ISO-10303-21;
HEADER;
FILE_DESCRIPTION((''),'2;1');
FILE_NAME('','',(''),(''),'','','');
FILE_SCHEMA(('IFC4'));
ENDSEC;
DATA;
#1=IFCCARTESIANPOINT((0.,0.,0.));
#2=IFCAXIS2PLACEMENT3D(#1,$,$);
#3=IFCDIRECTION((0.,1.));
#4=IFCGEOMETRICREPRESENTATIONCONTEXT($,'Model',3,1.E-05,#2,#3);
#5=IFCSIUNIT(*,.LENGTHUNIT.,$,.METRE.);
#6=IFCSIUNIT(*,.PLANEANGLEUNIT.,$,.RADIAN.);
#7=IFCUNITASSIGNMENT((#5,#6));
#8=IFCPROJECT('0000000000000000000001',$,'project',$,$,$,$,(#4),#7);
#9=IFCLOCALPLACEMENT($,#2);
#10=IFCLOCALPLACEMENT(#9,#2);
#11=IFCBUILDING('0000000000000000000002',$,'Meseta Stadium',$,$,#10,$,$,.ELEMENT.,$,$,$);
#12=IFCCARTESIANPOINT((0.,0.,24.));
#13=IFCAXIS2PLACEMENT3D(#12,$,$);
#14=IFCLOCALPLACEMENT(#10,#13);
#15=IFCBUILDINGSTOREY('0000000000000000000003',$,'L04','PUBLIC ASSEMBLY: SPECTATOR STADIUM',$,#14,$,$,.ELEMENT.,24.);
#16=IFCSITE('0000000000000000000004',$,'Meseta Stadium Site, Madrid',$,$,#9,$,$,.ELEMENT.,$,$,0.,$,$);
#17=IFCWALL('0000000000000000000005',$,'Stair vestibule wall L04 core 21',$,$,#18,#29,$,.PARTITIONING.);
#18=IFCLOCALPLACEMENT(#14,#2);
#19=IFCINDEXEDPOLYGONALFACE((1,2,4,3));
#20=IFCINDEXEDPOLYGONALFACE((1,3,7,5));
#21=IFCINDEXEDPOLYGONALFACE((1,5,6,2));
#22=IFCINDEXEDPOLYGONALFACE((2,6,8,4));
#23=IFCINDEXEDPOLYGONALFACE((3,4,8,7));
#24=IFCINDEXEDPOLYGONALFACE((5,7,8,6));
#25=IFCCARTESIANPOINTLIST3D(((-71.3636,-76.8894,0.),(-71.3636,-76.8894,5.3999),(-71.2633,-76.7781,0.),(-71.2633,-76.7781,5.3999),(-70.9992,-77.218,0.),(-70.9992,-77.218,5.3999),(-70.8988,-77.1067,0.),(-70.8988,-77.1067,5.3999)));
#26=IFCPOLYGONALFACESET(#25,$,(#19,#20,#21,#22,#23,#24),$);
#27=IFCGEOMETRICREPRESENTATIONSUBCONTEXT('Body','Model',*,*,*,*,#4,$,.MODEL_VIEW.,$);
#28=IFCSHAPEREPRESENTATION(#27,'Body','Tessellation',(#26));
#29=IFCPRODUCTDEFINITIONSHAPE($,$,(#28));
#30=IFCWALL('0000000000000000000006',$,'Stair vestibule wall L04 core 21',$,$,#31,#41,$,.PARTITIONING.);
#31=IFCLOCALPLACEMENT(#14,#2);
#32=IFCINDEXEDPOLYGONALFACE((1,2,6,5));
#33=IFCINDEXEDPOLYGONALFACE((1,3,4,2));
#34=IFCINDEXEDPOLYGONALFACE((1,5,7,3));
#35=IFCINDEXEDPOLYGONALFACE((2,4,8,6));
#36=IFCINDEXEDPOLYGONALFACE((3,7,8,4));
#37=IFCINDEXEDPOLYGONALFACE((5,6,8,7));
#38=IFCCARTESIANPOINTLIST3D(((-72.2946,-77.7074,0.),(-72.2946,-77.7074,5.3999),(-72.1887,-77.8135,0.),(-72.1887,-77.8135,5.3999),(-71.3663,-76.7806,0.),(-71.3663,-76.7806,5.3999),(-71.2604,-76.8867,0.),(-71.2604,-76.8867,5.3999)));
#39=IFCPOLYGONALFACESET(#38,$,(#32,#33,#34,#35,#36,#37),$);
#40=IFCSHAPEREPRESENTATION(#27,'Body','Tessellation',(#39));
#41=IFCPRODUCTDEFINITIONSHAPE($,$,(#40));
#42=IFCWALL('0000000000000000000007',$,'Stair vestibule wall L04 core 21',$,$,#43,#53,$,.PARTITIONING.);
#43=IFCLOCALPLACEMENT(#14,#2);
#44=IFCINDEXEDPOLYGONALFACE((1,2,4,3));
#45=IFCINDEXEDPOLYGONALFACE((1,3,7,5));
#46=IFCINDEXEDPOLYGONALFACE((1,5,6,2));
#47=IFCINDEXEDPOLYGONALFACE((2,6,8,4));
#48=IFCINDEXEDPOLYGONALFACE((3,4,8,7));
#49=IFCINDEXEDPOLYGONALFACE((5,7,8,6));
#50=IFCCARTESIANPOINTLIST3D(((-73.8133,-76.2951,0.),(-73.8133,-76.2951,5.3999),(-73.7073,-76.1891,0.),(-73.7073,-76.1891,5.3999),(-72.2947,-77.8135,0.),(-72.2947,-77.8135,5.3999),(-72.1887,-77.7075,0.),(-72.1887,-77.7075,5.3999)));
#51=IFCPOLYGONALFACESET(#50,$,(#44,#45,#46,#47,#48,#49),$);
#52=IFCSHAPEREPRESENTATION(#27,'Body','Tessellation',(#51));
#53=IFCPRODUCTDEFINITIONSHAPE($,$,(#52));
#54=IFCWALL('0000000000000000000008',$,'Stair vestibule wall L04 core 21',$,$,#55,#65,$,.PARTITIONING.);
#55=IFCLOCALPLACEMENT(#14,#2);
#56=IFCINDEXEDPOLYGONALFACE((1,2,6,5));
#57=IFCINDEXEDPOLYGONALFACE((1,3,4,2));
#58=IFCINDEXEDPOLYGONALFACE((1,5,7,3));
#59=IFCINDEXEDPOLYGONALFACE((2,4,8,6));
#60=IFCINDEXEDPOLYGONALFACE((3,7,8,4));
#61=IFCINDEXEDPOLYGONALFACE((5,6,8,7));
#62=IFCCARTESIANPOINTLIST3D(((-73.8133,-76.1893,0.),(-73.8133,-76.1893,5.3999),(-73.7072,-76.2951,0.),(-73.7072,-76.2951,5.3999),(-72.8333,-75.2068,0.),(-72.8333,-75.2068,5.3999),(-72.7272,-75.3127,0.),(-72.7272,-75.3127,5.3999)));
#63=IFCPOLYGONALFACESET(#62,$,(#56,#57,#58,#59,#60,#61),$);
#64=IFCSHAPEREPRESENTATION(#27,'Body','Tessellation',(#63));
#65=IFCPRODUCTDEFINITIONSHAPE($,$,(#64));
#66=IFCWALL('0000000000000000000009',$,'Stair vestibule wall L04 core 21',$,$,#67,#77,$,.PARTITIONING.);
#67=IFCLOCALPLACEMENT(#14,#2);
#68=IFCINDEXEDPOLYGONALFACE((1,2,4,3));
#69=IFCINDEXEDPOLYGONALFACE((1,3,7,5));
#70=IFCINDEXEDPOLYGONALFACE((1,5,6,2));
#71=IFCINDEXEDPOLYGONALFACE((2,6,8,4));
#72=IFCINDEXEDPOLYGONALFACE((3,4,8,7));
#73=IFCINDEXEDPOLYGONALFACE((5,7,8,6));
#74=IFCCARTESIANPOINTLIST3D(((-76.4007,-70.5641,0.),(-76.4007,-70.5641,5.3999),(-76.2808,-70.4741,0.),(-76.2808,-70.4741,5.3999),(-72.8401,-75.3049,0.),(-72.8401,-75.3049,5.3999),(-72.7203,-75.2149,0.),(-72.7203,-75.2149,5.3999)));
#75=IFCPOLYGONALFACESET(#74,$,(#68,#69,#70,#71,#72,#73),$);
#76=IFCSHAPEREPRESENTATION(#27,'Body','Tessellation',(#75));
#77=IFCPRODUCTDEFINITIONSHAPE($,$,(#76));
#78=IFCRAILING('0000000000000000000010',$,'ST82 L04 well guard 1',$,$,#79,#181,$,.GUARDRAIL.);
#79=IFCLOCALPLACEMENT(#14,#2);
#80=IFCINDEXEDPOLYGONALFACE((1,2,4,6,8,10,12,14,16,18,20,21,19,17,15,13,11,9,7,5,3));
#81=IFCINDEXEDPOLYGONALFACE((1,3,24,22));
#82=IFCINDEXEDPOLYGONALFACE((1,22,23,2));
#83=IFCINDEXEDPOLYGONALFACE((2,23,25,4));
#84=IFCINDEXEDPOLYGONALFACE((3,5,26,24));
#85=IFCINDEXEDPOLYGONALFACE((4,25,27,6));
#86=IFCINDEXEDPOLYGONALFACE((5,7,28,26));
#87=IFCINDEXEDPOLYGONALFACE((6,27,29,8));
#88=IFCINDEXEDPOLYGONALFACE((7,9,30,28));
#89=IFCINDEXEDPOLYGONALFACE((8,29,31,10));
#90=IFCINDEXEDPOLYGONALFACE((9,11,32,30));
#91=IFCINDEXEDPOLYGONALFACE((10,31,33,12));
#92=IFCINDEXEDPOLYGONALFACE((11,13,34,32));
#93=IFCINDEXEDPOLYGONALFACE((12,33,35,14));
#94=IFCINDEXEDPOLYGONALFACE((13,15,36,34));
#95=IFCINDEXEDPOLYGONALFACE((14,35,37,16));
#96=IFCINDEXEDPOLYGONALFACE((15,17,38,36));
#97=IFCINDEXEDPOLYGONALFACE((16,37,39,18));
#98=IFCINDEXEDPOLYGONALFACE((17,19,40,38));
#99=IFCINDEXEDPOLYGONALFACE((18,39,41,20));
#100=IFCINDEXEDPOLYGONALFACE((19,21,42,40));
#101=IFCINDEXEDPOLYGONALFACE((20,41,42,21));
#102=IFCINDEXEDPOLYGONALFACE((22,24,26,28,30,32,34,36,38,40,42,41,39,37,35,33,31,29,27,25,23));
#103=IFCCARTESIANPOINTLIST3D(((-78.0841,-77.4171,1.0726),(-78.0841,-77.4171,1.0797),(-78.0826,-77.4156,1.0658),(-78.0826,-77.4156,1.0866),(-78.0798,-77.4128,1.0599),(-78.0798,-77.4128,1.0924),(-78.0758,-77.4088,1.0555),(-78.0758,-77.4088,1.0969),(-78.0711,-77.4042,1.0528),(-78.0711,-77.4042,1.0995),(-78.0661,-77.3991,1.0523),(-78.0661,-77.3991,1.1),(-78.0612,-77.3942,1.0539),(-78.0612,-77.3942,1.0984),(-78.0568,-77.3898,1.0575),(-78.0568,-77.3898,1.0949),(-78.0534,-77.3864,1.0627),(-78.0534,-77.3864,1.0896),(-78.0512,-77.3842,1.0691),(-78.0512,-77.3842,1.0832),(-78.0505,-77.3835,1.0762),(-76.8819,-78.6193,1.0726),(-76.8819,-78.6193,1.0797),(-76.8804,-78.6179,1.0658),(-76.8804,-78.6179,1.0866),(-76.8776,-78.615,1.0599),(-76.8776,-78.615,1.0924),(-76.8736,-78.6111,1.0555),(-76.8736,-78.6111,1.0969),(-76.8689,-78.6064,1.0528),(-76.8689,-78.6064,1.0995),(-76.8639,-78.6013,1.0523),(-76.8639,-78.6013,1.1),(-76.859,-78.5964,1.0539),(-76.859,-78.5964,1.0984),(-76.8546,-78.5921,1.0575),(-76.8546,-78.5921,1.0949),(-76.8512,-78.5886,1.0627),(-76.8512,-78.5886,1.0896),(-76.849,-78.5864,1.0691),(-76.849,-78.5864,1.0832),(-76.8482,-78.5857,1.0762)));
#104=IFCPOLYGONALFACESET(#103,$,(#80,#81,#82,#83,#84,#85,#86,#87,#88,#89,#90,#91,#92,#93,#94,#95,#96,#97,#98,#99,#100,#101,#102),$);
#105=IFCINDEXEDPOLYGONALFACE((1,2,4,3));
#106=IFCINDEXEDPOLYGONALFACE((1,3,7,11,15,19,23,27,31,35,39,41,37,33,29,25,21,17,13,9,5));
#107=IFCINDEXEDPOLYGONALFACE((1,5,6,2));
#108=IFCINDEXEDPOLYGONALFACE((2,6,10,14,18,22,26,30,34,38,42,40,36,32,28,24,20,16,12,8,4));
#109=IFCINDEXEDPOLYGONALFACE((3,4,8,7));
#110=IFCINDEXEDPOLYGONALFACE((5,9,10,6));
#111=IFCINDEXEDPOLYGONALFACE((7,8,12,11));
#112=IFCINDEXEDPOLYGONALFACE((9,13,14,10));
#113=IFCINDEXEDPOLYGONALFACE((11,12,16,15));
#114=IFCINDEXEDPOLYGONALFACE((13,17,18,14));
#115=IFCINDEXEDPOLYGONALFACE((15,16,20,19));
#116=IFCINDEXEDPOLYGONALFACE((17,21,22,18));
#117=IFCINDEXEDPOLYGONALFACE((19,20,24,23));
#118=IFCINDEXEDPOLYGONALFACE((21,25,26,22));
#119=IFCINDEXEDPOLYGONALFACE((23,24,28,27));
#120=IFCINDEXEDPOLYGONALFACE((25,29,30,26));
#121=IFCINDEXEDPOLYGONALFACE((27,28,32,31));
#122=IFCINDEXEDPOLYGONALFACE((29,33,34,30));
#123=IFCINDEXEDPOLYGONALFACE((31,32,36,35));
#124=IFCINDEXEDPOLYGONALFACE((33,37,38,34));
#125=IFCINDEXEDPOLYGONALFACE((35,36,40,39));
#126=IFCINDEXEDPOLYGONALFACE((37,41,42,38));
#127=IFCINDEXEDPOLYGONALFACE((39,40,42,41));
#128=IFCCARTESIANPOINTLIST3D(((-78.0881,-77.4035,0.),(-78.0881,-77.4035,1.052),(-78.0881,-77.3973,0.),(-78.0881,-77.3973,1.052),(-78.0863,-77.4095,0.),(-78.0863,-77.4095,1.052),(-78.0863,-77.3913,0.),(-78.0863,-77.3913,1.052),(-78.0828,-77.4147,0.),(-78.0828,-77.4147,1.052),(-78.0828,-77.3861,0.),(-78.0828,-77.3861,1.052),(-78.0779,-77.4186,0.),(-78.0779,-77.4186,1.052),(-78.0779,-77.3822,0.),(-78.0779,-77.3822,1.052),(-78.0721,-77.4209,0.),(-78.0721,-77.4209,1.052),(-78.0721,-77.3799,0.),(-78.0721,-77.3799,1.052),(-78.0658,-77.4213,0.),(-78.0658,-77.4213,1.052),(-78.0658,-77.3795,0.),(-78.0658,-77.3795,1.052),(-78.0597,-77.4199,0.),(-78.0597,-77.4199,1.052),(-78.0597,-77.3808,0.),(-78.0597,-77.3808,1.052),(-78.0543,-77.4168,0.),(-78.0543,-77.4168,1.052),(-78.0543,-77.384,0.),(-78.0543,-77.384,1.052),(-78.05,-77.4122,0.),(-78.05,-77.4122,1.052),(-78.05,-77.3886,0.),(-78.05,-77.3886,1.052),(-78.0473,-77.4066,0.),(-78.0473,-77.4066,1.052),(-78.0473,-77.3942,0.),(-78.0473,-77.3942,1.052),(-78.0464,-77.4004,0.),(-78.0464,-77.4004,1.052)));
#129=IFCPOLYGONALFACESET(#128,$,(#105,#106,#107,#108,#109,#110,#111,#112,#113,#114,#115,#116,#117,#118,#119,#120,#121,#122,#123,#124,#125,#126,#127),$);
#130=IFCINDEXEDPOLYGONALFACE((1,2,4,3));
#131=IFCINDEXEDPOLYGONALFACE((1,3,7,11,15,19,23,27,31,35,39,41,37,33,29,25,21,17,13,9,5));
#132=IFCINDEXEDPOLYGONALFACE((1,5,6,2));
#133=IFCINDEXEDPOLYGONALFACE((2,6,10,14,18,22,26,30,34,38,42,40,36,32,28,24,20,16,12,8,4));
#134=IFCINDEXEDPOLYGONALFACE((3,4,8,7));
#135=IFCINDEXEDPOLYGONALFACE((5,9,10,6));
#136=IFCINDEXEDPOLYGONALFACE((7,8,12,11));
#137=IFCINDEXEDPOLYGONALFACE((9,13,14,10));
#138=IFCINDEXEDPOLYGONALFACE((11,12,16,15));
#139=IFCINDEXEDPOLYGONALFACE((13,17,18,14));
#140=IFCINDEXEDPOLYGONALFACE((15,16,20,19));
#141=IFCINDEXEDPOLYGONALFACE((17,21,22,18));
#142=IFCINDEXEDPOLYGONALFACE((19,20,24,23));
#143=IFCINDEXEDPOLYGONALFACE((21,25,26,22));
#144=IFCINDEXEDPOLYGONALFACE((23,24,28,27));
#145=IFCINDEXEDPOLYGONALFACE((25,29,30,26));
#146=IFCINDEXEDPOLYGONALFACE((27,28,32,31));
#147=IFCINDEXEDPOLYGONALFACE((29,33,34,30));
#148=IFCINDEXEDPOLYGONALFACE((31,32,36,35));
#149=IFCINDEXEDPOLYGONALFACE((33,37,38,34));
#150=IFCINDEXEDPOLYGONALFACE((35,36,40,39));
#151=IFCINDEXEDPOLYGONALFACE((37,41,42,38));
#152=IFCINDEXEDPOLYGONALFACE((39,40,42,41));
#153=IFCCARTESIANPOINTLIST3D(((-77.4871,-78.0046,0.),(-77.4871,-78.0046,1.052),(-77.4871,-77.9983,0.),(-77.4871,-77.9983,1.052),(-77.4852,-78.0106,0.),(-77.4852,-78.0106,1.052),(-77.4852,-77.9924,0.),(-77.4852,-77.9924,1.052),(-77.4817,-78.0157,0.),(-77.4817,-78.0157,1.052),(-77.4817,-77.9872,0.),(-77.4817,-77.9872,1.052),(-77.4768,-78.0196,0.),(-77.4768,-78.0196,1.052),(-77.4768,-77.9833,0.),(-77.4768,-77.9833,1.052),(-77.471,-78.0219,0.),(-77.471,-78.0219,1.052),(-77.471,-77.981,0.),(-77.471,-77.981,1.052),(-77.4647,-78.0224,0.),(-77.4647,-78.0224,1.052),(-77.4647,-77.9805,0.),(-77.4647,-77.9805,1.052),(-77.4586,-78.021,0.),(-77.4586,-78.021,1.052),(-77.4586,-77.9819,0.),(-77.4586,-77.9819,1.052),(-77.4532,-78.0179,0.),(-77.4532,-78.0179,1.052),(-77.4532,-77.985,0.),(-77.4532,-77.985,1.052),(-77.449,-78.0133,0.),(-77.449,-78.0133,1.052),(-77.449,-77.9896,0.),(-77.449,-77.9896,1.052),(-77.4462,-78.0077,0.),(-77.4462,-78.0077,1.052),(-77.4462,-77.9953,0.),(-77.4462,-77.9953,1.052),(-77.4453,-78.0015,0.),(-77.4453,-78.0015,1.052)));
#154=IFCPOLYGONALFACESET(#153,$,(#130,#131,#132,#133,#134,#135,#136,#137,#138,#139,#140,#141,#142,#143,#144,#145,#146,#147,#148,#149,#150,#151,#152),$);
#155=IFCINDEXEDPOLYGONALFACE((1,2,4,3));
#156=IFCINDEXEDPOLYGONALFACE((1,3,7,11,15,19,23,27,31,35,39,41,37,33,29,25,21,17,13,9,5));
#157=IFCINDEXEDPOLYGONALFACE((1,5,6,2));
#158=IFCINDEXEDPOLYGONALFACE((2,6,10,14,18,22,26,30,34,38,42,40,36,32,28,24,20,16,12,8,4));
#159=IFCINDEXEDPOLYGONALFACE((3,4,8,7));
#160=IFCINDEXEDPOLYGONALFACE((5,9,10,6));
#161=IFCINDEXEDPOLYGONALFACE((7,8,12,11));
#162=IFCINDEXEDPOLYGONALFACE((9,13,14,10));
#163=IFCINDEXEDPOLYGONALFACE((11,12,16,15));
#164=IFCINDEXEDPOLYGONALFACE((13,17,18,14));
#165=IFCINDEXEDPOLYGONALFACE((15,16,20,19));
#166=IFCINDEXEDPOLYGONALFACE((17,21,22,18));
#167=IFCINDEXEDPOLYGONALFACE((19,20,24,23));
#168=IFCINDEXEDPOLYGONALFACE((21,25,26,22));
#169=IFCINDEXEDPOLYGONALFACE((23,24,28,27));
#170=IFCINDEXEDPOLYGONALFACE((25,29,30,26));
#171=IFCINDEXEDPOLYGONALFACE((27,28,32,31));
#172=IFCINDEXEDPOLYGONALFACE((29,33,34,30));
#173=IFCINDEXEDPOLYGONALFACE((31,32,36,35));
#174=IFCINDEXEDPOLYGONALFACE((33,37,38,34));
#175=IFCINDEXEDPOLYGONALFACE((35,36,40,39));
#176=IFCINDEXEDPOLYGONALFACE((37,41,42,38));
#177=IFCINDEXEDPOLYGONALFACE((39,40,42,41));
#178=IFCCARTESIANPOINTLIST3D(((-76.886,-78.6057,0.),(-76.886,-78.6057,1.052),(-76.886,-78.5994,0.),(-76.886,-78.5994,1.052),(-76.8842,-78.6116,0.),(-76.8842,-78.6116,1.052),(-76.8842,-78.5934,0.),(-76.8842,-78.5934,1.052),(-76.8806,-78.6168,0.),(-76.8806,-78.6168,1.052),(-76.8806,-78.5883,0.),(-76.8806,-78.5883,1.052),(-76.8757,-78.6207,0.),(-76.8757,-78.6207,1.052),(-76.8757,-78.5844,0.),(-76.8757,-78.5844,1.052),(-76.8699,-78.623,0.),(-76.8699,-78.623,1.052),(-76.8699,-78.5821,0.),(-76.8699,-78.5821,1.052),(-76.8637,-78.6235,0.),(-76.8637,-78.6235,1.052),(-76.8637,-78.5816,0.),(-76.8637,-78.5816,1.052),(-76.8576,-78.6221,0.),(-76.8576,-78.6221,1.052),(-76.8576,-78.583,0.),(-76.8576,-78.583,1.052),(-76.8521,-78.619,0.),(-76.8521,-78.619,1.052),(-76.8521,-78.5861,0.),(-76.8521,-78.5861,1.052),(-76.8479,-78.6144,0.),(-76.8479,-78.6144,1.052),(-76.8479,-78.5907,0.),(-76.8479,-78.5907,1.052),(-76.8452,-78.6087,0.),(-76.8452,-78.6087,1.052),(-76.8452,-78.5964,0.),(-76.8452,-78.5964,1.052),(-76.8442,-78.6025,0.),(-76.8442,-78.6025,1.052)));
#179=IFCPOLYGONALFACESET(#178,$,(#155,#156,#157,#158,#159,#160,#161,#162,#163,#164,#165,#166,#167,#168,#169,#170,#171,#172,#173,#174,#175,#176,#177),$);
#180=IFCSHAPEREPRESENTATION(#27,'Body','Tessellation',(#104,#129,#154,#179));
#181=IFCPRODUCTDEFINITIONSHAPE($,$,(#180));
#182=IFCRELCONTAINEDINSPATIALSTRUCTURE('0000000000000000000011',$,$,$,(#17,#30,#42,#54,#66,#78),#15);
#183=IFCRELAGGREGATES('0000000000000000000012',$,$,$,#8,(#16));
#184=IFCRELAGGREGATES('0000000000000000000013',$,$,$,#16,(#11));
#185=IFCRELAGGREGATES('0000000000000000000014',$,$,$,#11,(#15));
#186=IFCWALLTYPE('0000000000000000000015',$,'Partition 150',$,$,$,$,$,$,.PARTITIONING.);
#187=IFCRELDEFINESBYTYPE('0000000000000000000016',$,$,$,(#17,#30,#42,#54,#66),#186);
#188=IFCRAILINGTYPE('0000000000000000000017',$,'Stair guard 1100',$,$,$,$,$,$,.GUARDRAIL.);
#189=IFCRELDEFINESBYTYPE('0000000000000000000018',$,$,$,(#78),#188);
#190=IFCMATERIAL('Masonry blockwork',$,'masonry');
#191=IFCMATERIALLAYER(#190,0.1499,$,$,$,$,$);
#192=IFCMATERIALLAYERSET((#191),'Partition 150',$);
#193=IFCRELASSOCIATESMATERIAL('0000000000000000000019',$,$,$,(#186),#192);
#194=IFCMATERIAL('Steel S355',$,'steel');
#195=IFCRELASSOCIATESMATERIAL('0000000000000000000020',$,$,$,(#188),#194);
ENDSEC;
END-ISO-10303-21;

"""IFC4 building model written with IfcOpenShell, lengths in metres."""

from ifc_helpers import new_model, si_unit, direction, frame, frame_2d, origin, origin_2d, place, context, subcontext, project, spatial, rectangle, circle, extrude, material, layer, layer_set, type_object, element, save


model = new_model("IFC4")

# Units and contexts
model_context = context("Model", 3, precision=1e-05, world=origin(), true_north=direction((0.0, 1.0)))
body_context = subcontext(model_context, "Body", "Model", "MODEL_VIEW")
ifc_project = project(units=[si_unit("LENGTHUNIT", "METRE"), si_unit("PLANEANGLEUNIT", "RADIAN")], contexts=[model_context])

# Site, building, storey
site_placement = place(None, origin())
site = spatial("IfcSite", under=ifc_project, at=site_placement, Name="Meseta Stadium Site, Madrid", CompositionType="ELEMENT", RefElevation=0.0)
building_placement = place(site_placement, origin())
building = spatial("IfcBuilding", under=site, at=building_placement, Name="Meseta Stadium", CompositionType="ELEMENT")
storey_placement = place(building_placement, frame((0.0, 0.0, 24.0)))
storey = spatial("IfcBuildingStorey", under=building, at=storey_placement, Name="L04", Description="PUBLIC ASSEMBLY: SPECTATOR STADIUM", CompositionType="ELEMENT", Elevation=24.0)

# Walls
ifc_material_1 = material(Name="Masonry blockwork", Category="masonry")
ifc_layer_1 = layer(ifc_material_1, 0.1499)
ifc_layer_set_1 = layer_set([ifc_layer_1], Name="Partition 150")
wall_type_1 = type_object("IfcWallType", Name="Partition 150", PredefinedType="PARTITIONING", material=ifc_layer_set_1)
wall_1_placement = place(storey_placement, frame((-70.949, -77.1624, 0.0), z_axis=(0.0, 0.0, 1.0), x_axis=(-0.742725, 0.669597, 0.0)))
element("IfcWall", 1, at=wall_1_placement, inside=storey, type_object=wall_type_1, Name="Stair vestibule wall L04 core 21", PredefinedType="PARTITIONING", context=body_context, shape_type="SweptSolid", body=[
    extrude(rectangle(XDim=0.4907, YDim=0.1499, at=frame_2d((0.2454, 0.0))), origin(), (0.0, 0.0, 1.0), 5.3999),
])
wall_2_placement = place(storey_placement, frame((-71.3135, -76.8337, 0.0), z_axis=(0.0, 0.0, 1.0), x_axis=(-0.707665, -0.706548, 0.0)))
element("IfcWall", 2, at=wall_2_placement, inside=storey, type_object=wall_type_1, Name="Stair vestibule wall L04 core 21", PredefinedType="PARTITIONING", context=body_context, shape_type="SweptSolid", body=[
    extrude(rectangle(XDim=1.3118, YDim=0.1499, at=frame_2d((0.6558, 0.0))), origin(), (0.0, 0.0, 1.0), 5.3999),
])
wall_3_placement = place(storey_placement, frame((-72.2417, -77.7605, 0.0), z_axis=(0.0, 0.0, 1.0), x_axis=(-0.707164, 0.70705, 0.0)))
element("IfcWall", 3, at=wall_3_placement, inside=storey, type_object=wall_type_1, Name="Stair vestibule wall L04 core 21", PredefinedType="PARTITIONING", context=body_context, shape_type="SweptSolid", body=[
    extrude(rectangle(XDim=2.1475, YDim=0.1499, at=frame_2d((1.0737, 0.0))), origin(), (0.0, 0.0, 1.0), 5.3999),
])
wall_4_placement = place(storey_placement, frame((-73.7603, -76.2422, 0.0), z_axis=(0.0, 0.0, 1.0), x_axis=(0.706227, 0.707986, 0.0)))
element("IfcWall", 4, at=wall_4_placement, inside=storey, type_object=wall_type_1, Name="Stair vestibule wall L04 core 21", PredefinedType="PARTITIONING", context=body_context, shape_type="SweptSolid", body=[
    extrude(rectangle(XDim=1.3877, YDim=0.1499, at=frame_2d((0.6938, 0.0))), origin(), (0.0, 0.0, 1.0), 5.3999),
])
wall_5_placement = place(storey_placement, frame((-72.7803, -75.2598, 0.0), z_axis=(0.0, 0.0, 1.0), x_axis=(-0.60054, 0.799595, 0.0)))
element("IfcWall", 5, at=wall_5_placement, inside=storey, type_object=wall_type_1, Name="Stair vestibule wall L04 core 21", PredefinedType="PARTITIONING", context=body_context, shape_type="SweptSolid", body=[
    extrude(rectangle(XDim=5.929, YDim=0.1499, at=frame_2d((2.9644, 0.0))), origin(), (0.0, 0.0, 1.0), 5.3999),
])

# Railing
ifc_material_2 = material(Name="Steel S355", Category="steel")
railing_type = type_object("IfcRailingType", Name="Stair guard 1100", PredefinedType="GUARDRAIL", material=ifc_material_2)
for number, where, name in (
    (6, (-78.0674, -77.4004, 0.0), "ST82 L04 well guard 1"),
):
    element("IfcRailing", number, at=place(storey_placement, frame(where)), inside=storey, type_object=railing_type, Name=name, PredefinedType="GUARDRAIL", context=body_context, shape_type="SweptSolid", body=[
        extrude(circle(Radius=0.0239, at=origin_2d()), frame((0.0, 0.0, 1.0762), z_axis=(0.707107, -0.707107, 0.0), x_axis=(0.707107, 0.707107, 0.0)), (0.0, 0.0, 1.0), 1.7002),
        extrude(circle(Radius=0.021, at=origin_2d()), origin(), (0.0, 0.0, 1.0), 1.052),
        extrude(circle(Radius=0.021, at=origin_2d()), frame((0.6011, -0.6011, 0.0)), (0.0, 0.0, 1.0), 1.052),
        extrude(circle(Radius=0.021, at=origin_2d()), frame((1.2021, -1.2021, 0.0)), (0.0, 0.0, 1.0), 1.052),
    ])

save(model, "model.ifc")
